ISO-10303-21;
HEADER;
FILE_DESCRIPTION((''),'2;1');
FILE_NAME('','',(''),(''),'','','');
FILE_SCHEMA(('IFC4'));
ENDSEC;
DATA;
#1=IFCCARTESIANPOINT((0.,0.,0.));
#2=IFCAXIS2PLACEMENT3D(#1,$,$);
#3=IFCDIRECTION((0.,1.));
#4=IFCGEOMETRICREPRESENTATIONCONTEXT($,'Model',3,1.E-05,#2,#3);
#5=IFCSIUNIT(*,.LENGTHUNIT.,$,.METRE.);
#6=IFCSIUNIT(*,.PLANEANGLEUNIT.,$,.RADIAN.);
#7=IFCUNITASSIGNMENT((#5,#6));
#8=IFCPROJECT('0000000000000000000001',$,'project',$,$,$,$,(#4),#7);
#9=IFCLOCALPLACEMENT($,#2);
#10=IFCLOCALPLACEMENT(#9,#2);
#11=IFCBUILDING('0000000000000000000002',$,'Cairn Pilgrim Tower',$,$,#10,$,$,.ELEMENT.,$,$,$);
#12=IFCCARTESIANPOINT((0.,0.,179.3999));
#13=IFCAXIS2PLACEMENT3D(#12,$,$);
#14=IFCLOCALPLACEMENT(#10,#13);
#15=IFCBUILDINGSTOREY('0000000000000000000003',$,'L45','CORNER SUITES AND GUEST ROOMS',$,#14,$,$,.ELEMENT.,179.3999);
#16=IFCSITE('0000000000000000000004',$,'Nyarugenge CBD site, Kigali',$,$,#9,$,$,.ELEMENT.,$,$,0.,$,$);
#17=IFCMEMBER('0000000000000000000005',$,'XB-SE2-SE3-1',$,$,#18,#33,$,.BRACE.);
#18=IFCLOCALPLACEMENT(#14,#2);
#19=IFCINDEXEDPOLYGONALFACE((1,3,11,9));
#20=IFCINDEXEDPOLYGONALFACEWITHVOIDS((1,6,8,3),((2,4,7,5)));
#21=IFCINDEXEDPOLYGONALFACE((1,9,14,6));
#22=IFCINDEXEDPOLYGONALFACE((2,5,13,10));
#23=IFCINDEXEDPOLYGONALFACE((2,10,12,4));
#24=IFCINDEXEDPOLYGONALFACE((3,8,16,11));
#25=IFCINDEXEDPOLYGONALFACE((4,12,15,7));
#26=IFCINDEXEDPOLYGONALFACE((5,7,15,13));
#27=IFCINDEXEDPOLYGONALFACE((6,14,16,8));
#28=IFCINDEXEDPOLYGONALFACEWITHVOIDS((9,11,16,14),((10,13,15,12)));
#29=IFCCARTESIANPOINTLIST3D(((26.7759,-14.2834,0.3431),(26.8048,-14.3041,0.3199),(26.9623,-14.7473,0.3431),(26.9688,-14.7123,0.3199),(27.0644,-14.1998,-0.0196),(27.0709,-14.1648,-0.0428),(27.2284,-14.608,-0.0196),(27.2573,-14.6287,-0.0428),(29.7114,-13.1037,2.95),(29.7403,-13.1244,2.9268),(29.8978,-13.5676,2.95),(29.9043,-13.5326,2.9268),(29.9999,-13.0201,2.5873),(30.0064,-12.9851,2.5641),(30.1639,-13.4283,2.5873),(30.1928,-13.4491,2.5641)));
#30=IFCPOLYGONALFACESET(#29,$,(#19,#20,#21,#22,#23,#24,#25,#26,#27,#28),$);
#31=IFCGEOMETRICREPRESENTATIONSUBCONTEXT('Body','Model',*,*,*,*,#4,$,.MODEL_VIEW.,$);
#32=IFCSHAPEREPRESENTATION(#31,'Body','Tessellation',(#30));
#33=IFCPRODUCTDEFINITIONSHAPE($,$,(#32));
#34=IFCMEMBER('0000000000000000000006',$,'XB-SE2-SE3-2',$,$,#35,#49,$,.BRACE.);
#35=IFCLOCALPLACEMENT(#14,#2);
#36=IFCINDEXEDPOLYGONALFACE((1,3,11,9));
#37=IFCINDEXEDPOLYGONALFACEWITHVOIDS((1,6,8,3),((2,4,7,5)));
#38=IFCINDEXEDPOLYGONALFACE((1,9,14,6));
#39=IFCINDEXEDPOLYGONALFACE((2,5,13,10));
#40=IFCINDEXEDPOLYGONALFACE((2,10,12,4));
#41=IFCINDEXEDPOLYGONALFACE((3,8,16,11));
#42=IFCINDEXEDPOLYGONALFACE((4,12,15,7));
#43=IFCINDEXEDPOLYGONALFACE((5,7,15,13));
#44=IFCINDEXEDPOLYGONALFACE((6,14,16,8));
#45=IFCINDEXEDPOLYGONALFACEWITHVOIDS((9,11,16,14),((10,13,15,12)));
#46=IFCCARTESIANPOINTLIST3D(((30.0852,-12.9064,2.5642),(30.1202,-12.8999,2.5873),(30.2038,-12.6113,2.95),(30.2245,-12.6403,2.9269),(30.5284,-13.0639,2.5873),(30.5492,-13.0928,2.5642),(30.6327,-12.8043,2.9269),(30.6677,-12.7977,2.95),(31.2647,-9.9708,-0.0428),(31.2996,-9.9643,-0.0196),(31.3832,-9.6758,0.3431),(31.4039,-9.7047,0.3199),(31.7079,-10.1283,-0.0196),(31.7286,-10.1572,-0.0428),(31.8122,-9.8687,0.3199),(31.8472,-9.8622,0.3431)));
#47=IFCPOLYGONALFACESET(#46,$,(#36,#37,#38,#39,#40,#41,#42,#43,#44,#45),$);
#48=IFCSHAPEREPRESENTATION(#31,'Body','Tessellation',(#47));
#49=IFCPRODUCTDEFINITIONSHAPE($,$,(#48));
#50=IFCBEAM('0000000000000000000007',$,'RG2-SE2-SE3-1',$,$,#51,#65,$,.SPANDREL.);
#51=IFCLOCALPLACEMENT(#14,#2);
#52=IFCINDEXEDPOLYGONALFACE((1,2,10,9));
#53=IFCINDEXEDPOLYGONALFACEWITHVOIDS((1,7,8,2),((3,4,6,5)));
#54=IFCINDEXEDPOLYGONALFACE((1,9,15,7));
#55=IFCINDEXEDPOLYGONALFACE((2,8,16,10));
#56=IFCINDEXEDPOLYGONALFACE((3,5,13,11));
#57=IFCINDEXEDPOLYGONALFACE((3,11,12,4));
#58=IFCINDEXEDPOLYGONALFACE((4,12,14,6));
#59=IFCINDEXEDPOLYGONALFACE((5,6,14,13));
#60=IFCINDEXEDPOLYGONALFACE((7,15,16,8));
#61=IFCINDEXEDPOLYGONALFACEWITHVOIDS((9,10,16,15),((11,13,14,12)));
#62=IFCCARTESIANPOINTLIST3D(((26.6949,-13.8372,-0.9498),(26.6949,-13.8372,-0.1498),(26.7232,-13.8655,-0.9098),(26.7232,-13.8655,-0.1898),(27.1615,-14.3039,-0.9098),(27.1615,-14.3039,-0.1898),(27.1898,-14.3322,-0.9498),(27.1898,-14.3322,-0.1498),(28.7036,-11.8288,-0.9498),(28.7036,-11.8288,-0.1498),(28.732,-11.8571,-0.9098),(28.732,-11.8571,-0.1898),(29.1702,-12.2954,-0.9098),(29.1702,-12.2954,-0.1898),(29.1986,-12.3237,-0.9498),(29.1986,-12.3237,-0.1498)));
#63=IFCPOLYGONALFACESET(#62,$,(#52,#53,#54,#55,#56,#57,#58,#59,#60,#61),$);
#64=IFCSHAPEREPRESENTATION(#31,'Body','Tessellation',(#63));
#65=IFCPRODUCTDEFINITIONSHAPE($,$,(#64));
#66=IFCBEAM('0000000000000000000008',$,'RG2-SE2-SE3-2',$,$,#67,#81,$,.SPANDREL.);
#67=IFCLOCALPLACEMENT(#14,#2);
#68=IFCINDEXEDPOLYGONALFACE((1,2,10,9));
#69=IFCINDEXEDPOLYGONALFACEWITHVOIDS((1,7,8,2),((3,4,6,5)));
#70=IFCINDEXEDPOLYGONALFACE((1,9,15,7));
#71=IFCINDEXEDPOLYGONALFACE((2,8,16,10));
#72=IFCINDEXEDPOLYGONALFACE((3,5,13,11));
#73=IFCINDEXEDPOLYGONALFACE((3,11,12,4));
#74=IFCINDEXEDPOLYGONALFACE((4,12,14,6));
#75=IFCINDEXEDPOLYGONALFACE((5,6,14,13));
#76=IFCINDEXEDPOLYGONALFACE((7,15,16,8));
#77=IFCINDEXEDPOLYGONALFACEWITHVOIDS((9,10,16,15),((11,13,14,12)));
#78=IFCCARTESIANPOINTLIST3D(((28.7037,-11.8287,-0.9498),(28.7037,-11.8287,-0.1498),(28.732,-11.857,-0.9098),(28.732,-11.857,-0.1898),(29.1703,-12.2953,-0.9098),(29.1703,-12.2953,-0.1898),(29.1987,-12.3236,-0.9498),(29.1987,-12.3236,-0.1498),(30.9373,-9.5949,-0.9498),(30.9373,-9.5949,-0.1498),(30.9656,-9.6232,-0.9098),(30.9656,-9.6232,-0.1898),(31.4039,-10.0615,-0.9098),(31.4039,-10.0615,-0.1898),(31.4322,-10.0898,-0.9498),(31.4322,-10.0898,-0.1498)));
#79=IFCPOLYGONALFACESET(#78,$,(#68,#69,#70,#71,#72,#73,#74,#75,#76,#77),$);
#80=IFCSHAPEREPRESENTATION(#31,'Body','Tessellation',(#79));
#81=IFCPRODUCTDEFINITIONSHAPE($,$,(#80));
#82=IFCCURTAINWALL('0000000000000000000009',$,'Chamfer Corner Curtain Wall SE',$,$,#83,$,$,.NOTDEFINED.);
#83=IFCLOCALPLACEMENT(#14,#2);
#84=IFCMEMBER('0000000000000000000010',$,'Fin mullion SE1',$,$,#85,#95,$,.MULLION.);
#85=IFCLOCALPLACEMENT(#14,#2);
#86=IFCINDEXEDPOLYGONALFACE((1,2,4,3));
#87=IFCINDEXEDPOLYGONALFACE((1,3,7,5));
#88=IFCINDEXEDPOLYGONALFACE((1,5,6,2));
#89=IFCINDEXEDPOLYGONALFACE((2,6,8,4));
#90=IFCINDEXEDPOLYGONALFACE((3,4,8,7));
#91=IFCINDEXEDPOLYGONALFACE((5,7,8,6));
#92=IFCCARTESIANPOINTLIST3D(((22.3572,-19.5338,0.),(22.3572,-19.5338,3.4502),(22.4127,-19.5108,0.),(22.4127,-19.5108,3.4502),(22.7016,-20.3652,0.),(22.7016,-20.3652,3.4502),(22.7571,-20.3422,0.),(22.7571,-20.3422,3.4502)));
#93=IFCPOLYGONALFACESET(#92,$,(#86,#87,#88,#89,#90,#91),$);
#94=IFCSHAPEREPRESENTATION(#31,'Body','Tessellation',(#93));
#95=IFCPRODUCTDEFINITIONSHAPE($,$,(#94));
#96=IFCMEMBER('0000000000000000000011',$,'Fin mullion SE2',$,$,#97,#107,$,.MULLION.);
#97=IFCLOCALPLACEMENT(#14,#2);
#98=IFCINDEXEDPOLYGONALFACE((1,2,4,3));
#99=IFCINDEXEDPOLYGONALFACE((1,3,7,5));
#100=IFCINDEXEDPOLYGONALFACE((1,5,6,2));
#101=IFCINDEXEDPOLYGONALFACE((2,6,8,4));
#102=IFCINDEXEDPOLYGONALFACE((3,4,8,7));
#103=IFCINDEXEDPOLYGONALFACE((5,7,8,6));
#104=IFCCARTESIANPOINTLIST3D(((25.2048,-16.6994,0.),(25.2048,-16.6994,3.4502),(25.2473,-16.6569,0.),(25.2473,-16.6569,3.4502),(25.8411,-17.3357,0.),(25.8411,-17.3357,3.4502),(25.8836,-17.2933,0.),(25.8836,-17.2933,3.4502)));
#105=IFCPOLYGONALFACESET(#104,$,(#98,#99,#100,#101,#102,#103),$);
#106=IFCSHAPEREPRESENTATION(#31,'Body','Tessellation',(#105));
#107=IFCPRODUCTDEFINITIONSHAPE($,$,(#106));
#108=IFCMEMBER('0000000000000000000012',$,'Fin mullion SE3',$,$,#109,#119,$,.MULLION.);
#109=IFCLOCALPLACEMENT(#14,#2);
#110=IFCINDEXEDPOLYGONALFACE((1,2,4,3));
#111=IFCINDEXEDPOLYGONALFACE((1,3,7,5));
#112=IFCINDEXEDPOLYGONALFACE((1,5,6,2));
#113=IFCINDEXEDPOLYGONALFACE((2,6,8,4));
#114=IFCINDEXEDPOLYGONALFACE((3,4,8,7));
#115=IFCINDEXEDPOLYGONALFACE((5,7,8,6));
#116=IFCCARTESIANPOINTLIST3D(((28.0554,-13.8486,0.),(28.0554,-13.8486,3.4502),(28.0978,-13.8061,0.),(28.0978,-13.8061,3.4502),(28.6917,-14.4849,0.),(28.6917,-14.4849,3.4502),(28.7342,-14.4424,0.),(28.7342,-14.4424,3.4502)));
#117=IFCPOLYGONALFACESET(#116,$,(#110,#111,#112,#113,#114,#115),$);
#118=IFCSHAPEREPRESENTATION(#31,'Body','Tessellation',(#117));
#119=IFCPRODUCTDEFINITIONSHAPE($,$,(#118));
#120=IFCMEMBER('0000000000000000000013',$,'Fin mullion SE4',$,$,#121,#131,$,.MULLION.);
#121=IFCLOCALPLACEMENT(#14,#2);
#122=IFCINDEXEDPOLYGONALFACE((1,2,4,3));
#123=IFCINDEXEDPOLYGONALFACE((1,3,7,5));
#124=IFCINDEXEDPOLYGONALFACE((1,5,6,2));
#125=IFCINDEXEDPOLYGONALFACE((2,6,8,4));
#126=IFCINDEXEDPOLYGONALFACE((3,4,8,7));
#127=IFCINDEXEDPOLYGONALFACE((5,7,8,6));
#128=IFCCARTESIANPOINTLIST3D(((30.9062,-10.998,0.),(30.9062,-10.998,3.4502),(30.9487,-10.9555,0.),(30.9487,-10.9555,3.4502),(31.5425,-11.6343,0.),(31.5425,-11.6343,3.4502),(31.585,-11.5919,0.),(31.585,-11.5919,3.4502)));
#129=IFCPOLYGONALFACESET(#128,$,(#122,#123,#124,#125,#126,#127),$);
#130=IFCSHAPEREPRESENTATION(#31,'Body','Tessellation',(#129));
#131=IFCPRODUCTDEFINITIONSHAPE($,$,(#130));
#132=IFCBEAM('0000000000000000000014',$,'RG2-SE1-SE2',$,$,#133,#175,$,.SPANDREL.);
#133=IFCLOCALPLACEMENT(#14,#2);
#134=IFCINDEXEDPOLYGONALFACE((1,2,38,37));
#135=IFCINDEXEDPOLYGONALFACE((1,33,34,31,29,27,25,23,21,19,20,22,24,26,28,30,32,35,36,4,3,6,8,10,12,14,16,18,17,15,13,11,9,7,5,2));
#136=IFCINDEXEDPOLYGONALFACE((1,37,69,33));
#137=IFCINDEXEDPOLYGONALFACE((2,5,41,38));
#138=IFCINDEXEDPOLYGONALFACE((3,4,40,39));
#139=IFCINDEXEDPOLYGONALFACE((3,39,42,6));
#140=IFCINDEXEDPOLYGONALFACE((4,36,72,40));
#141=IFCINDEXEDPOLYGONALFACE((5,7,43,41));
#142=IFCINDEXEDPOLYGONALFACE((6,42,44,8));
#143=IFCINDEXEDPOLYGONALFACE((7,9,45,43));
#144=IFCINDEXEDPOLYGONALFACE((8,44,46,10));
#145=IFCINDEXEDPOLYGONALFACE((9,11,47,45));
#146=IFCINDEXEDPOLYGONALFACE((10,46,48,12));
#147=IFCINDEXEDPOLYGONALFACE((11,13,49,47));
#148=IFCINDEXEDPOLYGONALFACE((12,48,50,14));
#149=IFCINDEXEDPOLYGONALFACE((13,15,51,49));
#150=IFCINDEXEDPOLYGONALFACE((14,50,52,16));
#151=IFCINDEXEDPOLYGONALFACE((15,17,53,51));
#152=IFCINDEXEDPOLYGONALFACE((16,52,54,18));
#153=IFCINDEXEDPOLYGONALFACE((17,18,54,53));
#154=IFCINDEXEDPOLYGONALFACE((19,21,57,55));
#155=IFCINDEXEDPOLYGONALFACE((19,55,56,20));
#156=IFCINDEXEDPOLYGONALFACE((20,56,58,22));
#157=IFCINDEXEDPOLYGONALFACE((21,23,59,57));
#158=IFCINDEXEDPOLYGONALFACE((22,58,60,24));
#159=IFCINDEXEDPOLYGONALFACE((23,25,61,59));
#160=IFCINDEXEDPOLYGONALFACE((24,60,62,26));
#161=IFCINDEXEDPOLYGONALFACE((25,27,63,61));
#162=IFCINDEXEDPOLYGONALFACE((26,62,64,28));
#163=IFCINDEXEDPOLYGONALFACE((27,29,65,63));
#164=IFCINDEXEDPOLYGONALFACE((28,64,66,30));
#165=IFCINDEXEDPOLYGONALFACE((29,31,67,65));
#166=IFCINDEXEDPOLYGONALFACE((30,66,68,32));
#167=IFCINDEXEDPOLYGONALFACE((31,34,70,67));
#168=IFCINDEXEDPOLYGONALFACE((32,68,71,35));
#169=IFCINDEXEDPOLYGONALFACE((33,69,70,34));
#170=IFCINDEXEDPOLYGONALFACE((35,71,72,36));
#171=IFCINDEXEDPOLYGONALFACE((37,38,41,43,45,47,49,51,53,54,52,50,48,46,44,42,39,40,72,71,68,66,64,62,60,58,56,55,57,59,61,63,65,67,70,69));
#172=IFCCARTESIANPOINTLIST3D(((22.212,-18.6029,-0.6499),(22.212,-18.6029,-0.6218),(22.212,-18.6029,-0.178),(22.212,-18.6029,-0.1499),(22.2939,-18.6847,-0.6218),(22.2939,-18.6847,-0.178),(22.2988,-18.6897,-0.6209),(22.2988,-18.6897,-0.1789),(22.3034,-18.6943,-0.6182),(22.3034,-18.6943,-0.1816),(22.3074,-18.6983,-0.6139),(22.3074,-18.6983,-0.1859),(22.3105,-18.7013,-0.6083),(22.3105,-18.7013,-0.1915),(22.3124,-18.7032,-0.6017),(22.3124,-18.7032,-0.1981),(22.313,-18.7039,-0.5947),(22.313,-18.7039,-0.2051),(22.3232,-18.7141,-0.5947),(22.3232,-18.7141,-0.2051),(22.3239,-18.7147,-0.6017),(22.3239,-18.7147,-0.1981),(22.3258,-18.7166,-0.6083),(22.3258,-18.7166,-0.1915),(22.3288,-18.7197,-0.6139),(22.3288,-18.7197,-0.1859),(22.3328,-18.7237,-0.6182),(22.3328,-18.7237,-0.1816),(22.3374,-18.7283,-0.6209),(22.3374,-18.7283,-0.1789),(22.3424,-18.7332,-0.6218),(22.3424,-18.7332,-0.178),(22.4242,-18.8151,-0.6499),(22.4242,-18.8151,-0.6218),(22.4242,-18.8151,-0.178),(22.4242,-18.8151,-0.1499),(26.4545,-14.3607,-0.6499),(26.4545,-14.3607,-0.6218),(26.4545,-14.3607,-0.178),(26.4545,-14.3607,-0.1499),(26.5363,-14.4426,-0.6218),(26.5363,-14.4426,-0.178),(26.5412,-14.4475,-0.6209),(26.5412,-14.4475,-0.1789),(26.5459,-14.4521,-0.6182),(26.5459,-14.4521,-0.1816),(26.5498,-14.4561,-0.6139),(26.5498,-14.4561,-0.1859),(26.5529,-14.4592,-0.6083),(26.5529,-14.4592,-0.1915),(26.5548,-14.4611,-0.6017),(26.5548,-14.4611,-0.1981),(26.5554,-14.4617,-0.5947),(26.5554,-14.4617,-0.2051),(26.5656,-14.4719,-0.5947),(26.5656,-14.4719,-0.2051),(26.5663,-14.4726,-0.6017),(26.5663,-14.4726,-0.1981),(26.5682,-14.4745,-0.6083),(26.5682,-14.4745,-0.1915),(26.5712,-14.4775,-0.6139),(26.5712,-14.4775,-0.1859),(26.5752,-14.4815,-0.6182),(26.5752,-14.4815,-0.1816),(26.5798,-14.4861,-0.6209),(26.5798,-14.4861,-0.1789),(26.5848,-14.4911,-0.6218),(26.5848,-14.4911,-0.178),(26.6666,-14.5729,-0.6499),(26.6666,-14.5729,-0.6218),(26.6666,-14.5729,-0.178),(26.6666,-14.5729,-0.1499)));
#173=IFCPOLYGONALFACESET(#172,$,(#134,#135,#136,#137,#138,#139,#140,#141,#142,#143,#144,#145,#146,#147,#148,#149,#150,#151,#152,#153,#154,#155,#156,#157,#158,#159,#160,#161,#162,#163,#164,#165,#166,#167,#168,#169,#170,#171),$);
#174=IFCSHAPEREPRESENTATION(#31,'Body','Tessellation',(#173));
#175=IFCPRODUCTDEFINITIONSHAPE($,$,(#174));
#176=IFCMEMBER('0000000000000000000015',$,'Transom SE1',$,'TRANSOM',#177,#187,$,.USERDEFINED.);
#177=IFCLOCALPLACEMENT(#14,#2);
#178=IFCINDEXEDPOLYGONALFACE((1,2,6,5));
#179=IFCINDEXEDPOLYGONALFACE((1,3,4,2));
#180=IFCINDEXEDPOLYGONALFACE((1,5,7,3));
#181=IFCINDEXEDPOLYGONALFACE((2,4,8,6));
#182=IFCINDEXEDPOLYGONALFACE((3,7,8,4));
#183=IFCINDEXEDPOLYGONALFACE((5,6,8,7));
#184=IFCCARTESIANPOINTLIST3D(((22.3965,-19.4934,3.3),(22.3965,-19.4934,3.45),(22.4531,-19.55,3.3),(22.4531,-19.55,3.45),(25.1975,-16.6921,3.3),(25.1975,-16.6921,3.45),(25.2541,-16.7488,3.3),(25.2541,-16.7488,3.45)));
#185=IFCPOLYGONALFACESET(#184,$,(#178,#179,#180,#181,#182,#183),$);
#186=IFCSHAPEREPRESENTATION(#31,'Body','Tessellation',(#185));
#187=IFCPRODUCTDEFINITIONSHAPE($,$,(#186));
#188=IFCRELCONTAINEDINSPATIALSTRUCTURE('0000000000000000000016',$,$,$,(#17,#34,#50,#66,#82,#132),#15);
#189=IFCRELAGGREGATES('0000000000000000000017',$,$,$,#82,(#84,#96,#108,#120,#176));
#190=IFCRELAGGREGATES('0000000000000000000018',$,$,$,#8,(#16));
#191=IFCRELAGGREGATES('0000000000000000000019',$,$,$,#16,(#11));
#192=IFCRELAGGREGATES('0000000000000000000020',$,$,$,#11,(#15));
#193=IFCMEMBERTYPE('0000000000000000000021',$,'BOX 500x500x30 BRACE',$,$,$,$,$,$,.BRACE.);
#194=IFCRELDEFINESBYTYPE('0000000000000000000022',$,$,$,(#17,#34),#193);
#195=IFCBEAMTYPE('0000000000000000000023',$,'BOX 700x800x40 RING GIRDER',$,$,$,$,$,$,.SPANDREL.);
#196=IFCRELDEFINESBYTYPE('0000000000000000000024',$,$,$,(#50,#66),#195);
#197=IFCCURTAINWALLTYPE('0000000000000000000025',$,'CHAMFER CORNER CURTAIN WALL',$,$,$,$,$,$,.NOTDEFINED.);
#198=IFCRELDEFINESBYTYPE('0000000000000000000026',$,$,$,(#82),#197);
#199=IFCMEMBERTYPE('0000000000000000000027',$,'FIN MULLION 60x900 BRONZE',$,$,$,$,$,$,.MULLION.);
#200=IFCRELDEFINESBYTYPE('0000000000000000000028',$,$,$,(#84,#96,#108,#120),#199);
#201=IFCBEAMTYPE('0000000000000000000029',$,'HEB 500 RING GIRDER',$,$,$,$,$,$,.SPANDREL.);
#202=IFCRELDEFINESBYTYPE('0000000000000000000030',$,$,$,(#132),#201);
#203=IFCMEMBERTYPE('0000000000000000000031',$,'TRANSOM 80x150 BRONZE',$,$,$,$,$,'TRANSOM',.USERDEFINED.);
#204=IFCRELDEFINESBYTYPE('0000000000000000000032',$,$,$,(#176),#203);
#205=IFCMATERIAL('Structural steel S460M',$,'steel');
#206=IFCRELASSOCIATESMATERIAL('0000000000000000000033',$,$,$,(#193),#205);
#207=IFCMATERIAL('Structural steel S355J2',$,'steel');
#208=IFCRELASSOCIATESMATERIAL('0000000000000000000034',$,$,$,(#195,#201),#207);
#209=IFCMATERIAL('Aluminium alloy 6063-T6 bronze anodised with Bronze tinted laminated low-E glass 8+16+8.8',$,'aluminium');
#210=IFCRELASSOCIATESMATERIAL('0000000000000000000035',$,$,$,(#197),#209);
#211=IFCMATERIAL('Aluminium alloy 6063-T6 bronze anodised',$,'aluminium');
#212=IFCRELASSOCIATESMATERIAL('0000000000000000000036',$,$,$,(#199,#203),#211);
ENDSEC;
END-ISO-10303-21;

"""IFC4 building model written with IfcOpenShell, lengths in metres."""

from ifc_helpers import new_model, si_unit, direction, frame, origin, origin_2d, place, context, subcontext, project, spatial, rectangle, hollow_rectangle, i_section, extrude, material, material_profile, profile_set, type_object, element, aggregate, save


model = new_model("IFC4")

# Units and contexts
model_context = context("Model", 3, precision=1e-05, world=origin(), true_north=direction((0.0, 1.0)))
body_context = subcontext(model_context, "Body", "Model", "MODEL_VIEW")
ifc_project = project(units=[si_unit("LENGTHUNIT", "METRE"), si_unit("PLANEANGLEUNIT", "RADIAN")], contexts=[model_context])

# Site, building, storey
site_placement = place(None, origin())
site = spatial("IfcSite", under=ifc_project, at=site_placement, Name="Nyarugenge CBD site, Kigali", CompositionType="ELEMENT", RefElevation=0.0)
building_placement = place(site_placement, origin())
building = spatial("IfcBuilding", under=site, at=building_placement, Name="Cairn Pilgrim Tower", CompositionType="ELEMENT")
storey_placement = place(building_placement, frame((0.0, 0.0, 179.3999)))
storey = spatial("IfcBuildingStorey", under=building, at=storey_placement, Name="L45", Description="CORNER SUITES AND GUEST ROOMS", CompositionType="ELEMENT", Elevation=179.3999)

# Shared definitions
ifc_material_1 = material(Name="Structural steel S460M", Category="steel")

# Members
ifc_material_profile_1 = material_profile(ifc_material_1, hollow_rectangle(XDim=0.5, YDim=0.5, WallThickness=0.03, at=origin_2d()), Name="BOX 500x500x30")
ifc_profile_set_1 = profile_set([ifc_material_profile_1], Name="Structural steel S460M")
member_type_1 = type_object("IfcMemberType", Name="BOX 500x500x30 BRACE", PredefinedType="BRACE", material=ifc_profile_set_1)
for number, where, z_axis, x_axis, name in (
    (1, (27.0166, -14.4561, 0.1501), (0.716089, 0.28777, 0.635928), (-0.37288, 0.927879, 0.0), "XB-SE2-SE3-1"),
    (2, (31.5559, -9.9165, 0.1501), (-0.287715, -0.716102, 0.635939), (0.927906, -0.372814, 0.0), "XB-SE2-SE3-2"),
):
    element("IfcMember", number, at=place(storey_placement, frame(where, z_axis=z_axis, x_axis=x_axis)), inside=storey, type_object=member_type_1, Name=name, PredefinedType="BRACE", context=body_context, shape_type="SweptSolid", body=[
        extrude(hollow_rectangle(XDim=0.5, YDim=0.5, WallThickness=0.03, at=origin_2d()), origin(), (0.0, 0.0, 1.0), 4.0994),
    ])

# Beams
ifc_material_2 = material(Name="Structural steel S355J2", Category="steel")
ifc_material_profile_2 = material_profile(ifc_material_2, hollow_rectangle(XDim=0.7, YDim=0.8, WallThickness=0.04, at=origin_2d()), Name="BOX 700x800x40")
ifc_profile_set_2 = profile_set([ifc_material_profile_2], Name="Structural steel S355J2")
beam_type_1 = type_object("IfcBeamType", Name="BOX 700x800x40 RING GIRDER", PredefinedType="SPANDREL", material=ifc_profile_set_2)
beam_1_placement = place(storey_placement, frame((26.9424, -14.0847, -0.5498), z_axis=(0.70715, 0.707064, 0.0), x_axis=(-0.707064, 0.70715, 0.0)))
element("IfcBeam", 3, at=beam_1_placement, inside=storey, type_object=beam_type_1, Name="RG2-SE2-SE3-1", PredefinedType="SPANDREL", context=body_context, shape_type="SweptSolid", body=[
    extrude(hollow_rectangle(XDim=0.7, YDim=0.8, WallThickness=0.04, at=origin_2d()), origin(), (0.0, 0.0, 1.0), 2.8406),
])
beam_2_placement = place(storey_placement, frame((28.9512, -12.0762, -0.5498), z_axis=(0.707068, 0.707145, 0.0), x_axis=(-0.707145, 0.707068, 0.0)))
element("IfcBeam", 4, at=beam_2_placement, inside=storey, type_object=beam_type_1, Name="RG2-SE2-SE3-2", PredefinedType="SPANDREL", context=body_context, shape_type="SweptSolid", body=[
    extrude(hollow_rectangle(XDim=0.7, YDim=0.8, WallThickness=0.04, at=origin_2d()), origin(), (0.0, 0.0, 1.0), 3.1589),
])

# Curtain wall, members
ifc_material_3 = material(Name="Aluminium alloy 6063-T6 bronze anodised with Bronze tinted laminated low-E glass 8+16+8.8", Category="aluminium")
curtain_wall_type = type_object("IfcCurtainWallType", Name="CHAMFER CORNER CURTAIN WALL", PredefinedType="NOTDEFINED", material=ifc_material_3)
curtain_wall_placement = place(storey_placement, origin())
curtain_wall = element("IfcCurtainWall", 5, at=curtain_wall_placement, inside=storey, type_object=curtain_wall_type, Name="Chamfer Corner Curtain Wall SE", PredefinedType="NOTDEFINED")
ifc_material_4 = material(Name="Aluminium alloy 6063-T6 bronze anodised", Category="aluminium")
ifc_material_profile_3 = material_profile(ifc_material_4, rectangle(XDim=0.8999, YDim=0.0601, at=origin_2d()), Name="FIN MULLION 60x900 BRONZE")
ifc_profile_set_3 = profile_set([ifc_material_profile_3], Name="Aluminium alloy 6063-T6 bronze anodised")
member_type_2 = type_object("IfcMemberType", Name="FIN MULLION 60x900 BRONZE", PredefinedType="MULLION", material=ifc_profile_set_3)
member_1_placement = place(storey_placement, frame((22.5571, -19.938, 0.0), z_axis=(0.0, 0.0, 1.0), x_axis=(0.382683, -0.92388, 0.0)))
member_1 = element("IfcMember", 6, at=member_1_placement, type_object=member_type_2, Name="Fin mullion SE1", PredefinedType="MULLION", context=body_context, shape_type="SweptSolid", body=[
    extrude(rectangle(XDim=0.8999, YDim=0.0601, at=origin_2d()), origin(), (0.0, 0.0, 1.0), 3.4502),
])
member_2_placement = place(storey_placement, frame((25.5442, -16.9963, 0.0), z_axis=(0.0, 0.0, 1.0), x_axis=(0.707107, -0.707107, 0.0)))
member_2 = element("IfcMember", 7, at=member_2_placement, type_object=member_type_2, Name="Fin mullion SE2", PredefinedType="MULLION", context=body_context, shape_type="SweptSolid", body=[
    extrude(rectangle(XDim=0.8999, YDim=0.0601, at=origin_2d()), origin(), (0.0, 0.0, 1.0), 3.4502),
])
member_3_placement = place(storey_placement, frame((28.3948, -14.1455, 0.0), z_axis=(0.0, 0.0, 1.0), x_axis=(0.707107, -0.707107, 0.0)))
member_3 = element("IfcMember", 8, at=member_3_placement, type_object=member_type_2, Name="Fin mullion SE3", PredefinedType="MULLION", context=body_context, shape_type="SweptSolid", body=[
    extrude(rectangle(XDim=0.8999, YDim=0.0601, at=origin_2d()), origin(), (0.0, 0.0, 1.0), 3.4502),
])
member_4_placement = place(storey_placement, frame((31.2456, -11.2949, 0.0), z_axis=(0.0, 0.0, 1.0), x_axis=(0.707107, -0.707107, 0.0)))
member_4 = element("IfcMember", 9, at=member_4_placement, type_object=member_type_2, Name="Fin mullion SE4", PredefinedType="MULLION", context=body_context, shape_type="SweptSolid", body=[
    extrude(rectangle(XDim=0.8999, YDim=0.0601, at=origin_2d()), origin(), (0.0, 0.0, 1.0), 3.4502),
])

# Beam
ifc_material_profile_4 = material_profile(ifc_material_2, i_section(OverallWidth=0.3, OverallDepth=0.5, WebThickness=0.0144, FlangeThickness=0.0281, FilletRadius=0.0271, at=origin_2d()), Name="HEB 500")
ifc_profile_set_4 = profile_set([ifc_material_profile_4], Name="Structural steel S355J2")
beam_type_2 = type_object("IfcBeamType", Name="HEB 500 RING GIRDER", PredefinedType="SPANDREL", material=ifc_profile_set_4)
beam_3_placement = place(storey_placement, frame((22.3181, -18.709, -0.3999), z_axis=(0.707127, 0.707086, 0.0), x_axis=(-0.707086, 0.707127, 0.0)))
element("IfcBeam", 10, at=beam_3_placement, inside=storey, type_object=beam_type_2, Name="RG2-SE1-SE2", PredefinedType="SPANDREL", context=body_context, shape_type="SweptSolid", body=[
    extrude(i_section(OverallWidth=0.3, OverallDepth=0.5, WebThickness=0.0144, FlangeThickness=0.0281, FilletRadius=0.0271, at=origin_2d()), origin(), (0.0, 0.0, 1.0), 5.9995),
])

# Member
ifc_material_profile_5 = material_profile(ifc_material_4, rectangle(XDim=0.0801, YDim=0.1499, at=origin_2d()), Name="TRANSOM 80x150 BRONZE")
ifc_profile_set_5 = profile_set([ifc_material_profile_5], Name="Aluminium alloy 6063-T6 bronze anodised")
member_type_3 = type_object("IfcMemberType", Name="TRANSOM 80x150 BRONZE", ElementType="TRANSOM", PredefinedType="USERDEFINED", material=ifc_profile_set_5)
member_5_placement = place(storey_placement, frame((22.4248, -19.5217, 3.375), z_axis=(0.707076, 0.707138, 0.0), x_axis=(-0.707138, 0.707076, 0.0)))
member_5 = element("IfcMember", 11, at=member_5_placement, type_object=member_type_3, Name="Transom SE1", ObjectType="TRANSOM", PredefinedType="USERDEFINED", context=body_context, shape_type="SweptSolid", body=[
    extrude(rectangle(XDim=0.0801, YDim=0.1499, at=origin_2d()), origin(), (0.0, 0.0, 1.0), 3.9614),
])

aggregate(curtain_wall, [member_1, member_2, member_3, member_4, member_5])

save(model, "model.ifc")
